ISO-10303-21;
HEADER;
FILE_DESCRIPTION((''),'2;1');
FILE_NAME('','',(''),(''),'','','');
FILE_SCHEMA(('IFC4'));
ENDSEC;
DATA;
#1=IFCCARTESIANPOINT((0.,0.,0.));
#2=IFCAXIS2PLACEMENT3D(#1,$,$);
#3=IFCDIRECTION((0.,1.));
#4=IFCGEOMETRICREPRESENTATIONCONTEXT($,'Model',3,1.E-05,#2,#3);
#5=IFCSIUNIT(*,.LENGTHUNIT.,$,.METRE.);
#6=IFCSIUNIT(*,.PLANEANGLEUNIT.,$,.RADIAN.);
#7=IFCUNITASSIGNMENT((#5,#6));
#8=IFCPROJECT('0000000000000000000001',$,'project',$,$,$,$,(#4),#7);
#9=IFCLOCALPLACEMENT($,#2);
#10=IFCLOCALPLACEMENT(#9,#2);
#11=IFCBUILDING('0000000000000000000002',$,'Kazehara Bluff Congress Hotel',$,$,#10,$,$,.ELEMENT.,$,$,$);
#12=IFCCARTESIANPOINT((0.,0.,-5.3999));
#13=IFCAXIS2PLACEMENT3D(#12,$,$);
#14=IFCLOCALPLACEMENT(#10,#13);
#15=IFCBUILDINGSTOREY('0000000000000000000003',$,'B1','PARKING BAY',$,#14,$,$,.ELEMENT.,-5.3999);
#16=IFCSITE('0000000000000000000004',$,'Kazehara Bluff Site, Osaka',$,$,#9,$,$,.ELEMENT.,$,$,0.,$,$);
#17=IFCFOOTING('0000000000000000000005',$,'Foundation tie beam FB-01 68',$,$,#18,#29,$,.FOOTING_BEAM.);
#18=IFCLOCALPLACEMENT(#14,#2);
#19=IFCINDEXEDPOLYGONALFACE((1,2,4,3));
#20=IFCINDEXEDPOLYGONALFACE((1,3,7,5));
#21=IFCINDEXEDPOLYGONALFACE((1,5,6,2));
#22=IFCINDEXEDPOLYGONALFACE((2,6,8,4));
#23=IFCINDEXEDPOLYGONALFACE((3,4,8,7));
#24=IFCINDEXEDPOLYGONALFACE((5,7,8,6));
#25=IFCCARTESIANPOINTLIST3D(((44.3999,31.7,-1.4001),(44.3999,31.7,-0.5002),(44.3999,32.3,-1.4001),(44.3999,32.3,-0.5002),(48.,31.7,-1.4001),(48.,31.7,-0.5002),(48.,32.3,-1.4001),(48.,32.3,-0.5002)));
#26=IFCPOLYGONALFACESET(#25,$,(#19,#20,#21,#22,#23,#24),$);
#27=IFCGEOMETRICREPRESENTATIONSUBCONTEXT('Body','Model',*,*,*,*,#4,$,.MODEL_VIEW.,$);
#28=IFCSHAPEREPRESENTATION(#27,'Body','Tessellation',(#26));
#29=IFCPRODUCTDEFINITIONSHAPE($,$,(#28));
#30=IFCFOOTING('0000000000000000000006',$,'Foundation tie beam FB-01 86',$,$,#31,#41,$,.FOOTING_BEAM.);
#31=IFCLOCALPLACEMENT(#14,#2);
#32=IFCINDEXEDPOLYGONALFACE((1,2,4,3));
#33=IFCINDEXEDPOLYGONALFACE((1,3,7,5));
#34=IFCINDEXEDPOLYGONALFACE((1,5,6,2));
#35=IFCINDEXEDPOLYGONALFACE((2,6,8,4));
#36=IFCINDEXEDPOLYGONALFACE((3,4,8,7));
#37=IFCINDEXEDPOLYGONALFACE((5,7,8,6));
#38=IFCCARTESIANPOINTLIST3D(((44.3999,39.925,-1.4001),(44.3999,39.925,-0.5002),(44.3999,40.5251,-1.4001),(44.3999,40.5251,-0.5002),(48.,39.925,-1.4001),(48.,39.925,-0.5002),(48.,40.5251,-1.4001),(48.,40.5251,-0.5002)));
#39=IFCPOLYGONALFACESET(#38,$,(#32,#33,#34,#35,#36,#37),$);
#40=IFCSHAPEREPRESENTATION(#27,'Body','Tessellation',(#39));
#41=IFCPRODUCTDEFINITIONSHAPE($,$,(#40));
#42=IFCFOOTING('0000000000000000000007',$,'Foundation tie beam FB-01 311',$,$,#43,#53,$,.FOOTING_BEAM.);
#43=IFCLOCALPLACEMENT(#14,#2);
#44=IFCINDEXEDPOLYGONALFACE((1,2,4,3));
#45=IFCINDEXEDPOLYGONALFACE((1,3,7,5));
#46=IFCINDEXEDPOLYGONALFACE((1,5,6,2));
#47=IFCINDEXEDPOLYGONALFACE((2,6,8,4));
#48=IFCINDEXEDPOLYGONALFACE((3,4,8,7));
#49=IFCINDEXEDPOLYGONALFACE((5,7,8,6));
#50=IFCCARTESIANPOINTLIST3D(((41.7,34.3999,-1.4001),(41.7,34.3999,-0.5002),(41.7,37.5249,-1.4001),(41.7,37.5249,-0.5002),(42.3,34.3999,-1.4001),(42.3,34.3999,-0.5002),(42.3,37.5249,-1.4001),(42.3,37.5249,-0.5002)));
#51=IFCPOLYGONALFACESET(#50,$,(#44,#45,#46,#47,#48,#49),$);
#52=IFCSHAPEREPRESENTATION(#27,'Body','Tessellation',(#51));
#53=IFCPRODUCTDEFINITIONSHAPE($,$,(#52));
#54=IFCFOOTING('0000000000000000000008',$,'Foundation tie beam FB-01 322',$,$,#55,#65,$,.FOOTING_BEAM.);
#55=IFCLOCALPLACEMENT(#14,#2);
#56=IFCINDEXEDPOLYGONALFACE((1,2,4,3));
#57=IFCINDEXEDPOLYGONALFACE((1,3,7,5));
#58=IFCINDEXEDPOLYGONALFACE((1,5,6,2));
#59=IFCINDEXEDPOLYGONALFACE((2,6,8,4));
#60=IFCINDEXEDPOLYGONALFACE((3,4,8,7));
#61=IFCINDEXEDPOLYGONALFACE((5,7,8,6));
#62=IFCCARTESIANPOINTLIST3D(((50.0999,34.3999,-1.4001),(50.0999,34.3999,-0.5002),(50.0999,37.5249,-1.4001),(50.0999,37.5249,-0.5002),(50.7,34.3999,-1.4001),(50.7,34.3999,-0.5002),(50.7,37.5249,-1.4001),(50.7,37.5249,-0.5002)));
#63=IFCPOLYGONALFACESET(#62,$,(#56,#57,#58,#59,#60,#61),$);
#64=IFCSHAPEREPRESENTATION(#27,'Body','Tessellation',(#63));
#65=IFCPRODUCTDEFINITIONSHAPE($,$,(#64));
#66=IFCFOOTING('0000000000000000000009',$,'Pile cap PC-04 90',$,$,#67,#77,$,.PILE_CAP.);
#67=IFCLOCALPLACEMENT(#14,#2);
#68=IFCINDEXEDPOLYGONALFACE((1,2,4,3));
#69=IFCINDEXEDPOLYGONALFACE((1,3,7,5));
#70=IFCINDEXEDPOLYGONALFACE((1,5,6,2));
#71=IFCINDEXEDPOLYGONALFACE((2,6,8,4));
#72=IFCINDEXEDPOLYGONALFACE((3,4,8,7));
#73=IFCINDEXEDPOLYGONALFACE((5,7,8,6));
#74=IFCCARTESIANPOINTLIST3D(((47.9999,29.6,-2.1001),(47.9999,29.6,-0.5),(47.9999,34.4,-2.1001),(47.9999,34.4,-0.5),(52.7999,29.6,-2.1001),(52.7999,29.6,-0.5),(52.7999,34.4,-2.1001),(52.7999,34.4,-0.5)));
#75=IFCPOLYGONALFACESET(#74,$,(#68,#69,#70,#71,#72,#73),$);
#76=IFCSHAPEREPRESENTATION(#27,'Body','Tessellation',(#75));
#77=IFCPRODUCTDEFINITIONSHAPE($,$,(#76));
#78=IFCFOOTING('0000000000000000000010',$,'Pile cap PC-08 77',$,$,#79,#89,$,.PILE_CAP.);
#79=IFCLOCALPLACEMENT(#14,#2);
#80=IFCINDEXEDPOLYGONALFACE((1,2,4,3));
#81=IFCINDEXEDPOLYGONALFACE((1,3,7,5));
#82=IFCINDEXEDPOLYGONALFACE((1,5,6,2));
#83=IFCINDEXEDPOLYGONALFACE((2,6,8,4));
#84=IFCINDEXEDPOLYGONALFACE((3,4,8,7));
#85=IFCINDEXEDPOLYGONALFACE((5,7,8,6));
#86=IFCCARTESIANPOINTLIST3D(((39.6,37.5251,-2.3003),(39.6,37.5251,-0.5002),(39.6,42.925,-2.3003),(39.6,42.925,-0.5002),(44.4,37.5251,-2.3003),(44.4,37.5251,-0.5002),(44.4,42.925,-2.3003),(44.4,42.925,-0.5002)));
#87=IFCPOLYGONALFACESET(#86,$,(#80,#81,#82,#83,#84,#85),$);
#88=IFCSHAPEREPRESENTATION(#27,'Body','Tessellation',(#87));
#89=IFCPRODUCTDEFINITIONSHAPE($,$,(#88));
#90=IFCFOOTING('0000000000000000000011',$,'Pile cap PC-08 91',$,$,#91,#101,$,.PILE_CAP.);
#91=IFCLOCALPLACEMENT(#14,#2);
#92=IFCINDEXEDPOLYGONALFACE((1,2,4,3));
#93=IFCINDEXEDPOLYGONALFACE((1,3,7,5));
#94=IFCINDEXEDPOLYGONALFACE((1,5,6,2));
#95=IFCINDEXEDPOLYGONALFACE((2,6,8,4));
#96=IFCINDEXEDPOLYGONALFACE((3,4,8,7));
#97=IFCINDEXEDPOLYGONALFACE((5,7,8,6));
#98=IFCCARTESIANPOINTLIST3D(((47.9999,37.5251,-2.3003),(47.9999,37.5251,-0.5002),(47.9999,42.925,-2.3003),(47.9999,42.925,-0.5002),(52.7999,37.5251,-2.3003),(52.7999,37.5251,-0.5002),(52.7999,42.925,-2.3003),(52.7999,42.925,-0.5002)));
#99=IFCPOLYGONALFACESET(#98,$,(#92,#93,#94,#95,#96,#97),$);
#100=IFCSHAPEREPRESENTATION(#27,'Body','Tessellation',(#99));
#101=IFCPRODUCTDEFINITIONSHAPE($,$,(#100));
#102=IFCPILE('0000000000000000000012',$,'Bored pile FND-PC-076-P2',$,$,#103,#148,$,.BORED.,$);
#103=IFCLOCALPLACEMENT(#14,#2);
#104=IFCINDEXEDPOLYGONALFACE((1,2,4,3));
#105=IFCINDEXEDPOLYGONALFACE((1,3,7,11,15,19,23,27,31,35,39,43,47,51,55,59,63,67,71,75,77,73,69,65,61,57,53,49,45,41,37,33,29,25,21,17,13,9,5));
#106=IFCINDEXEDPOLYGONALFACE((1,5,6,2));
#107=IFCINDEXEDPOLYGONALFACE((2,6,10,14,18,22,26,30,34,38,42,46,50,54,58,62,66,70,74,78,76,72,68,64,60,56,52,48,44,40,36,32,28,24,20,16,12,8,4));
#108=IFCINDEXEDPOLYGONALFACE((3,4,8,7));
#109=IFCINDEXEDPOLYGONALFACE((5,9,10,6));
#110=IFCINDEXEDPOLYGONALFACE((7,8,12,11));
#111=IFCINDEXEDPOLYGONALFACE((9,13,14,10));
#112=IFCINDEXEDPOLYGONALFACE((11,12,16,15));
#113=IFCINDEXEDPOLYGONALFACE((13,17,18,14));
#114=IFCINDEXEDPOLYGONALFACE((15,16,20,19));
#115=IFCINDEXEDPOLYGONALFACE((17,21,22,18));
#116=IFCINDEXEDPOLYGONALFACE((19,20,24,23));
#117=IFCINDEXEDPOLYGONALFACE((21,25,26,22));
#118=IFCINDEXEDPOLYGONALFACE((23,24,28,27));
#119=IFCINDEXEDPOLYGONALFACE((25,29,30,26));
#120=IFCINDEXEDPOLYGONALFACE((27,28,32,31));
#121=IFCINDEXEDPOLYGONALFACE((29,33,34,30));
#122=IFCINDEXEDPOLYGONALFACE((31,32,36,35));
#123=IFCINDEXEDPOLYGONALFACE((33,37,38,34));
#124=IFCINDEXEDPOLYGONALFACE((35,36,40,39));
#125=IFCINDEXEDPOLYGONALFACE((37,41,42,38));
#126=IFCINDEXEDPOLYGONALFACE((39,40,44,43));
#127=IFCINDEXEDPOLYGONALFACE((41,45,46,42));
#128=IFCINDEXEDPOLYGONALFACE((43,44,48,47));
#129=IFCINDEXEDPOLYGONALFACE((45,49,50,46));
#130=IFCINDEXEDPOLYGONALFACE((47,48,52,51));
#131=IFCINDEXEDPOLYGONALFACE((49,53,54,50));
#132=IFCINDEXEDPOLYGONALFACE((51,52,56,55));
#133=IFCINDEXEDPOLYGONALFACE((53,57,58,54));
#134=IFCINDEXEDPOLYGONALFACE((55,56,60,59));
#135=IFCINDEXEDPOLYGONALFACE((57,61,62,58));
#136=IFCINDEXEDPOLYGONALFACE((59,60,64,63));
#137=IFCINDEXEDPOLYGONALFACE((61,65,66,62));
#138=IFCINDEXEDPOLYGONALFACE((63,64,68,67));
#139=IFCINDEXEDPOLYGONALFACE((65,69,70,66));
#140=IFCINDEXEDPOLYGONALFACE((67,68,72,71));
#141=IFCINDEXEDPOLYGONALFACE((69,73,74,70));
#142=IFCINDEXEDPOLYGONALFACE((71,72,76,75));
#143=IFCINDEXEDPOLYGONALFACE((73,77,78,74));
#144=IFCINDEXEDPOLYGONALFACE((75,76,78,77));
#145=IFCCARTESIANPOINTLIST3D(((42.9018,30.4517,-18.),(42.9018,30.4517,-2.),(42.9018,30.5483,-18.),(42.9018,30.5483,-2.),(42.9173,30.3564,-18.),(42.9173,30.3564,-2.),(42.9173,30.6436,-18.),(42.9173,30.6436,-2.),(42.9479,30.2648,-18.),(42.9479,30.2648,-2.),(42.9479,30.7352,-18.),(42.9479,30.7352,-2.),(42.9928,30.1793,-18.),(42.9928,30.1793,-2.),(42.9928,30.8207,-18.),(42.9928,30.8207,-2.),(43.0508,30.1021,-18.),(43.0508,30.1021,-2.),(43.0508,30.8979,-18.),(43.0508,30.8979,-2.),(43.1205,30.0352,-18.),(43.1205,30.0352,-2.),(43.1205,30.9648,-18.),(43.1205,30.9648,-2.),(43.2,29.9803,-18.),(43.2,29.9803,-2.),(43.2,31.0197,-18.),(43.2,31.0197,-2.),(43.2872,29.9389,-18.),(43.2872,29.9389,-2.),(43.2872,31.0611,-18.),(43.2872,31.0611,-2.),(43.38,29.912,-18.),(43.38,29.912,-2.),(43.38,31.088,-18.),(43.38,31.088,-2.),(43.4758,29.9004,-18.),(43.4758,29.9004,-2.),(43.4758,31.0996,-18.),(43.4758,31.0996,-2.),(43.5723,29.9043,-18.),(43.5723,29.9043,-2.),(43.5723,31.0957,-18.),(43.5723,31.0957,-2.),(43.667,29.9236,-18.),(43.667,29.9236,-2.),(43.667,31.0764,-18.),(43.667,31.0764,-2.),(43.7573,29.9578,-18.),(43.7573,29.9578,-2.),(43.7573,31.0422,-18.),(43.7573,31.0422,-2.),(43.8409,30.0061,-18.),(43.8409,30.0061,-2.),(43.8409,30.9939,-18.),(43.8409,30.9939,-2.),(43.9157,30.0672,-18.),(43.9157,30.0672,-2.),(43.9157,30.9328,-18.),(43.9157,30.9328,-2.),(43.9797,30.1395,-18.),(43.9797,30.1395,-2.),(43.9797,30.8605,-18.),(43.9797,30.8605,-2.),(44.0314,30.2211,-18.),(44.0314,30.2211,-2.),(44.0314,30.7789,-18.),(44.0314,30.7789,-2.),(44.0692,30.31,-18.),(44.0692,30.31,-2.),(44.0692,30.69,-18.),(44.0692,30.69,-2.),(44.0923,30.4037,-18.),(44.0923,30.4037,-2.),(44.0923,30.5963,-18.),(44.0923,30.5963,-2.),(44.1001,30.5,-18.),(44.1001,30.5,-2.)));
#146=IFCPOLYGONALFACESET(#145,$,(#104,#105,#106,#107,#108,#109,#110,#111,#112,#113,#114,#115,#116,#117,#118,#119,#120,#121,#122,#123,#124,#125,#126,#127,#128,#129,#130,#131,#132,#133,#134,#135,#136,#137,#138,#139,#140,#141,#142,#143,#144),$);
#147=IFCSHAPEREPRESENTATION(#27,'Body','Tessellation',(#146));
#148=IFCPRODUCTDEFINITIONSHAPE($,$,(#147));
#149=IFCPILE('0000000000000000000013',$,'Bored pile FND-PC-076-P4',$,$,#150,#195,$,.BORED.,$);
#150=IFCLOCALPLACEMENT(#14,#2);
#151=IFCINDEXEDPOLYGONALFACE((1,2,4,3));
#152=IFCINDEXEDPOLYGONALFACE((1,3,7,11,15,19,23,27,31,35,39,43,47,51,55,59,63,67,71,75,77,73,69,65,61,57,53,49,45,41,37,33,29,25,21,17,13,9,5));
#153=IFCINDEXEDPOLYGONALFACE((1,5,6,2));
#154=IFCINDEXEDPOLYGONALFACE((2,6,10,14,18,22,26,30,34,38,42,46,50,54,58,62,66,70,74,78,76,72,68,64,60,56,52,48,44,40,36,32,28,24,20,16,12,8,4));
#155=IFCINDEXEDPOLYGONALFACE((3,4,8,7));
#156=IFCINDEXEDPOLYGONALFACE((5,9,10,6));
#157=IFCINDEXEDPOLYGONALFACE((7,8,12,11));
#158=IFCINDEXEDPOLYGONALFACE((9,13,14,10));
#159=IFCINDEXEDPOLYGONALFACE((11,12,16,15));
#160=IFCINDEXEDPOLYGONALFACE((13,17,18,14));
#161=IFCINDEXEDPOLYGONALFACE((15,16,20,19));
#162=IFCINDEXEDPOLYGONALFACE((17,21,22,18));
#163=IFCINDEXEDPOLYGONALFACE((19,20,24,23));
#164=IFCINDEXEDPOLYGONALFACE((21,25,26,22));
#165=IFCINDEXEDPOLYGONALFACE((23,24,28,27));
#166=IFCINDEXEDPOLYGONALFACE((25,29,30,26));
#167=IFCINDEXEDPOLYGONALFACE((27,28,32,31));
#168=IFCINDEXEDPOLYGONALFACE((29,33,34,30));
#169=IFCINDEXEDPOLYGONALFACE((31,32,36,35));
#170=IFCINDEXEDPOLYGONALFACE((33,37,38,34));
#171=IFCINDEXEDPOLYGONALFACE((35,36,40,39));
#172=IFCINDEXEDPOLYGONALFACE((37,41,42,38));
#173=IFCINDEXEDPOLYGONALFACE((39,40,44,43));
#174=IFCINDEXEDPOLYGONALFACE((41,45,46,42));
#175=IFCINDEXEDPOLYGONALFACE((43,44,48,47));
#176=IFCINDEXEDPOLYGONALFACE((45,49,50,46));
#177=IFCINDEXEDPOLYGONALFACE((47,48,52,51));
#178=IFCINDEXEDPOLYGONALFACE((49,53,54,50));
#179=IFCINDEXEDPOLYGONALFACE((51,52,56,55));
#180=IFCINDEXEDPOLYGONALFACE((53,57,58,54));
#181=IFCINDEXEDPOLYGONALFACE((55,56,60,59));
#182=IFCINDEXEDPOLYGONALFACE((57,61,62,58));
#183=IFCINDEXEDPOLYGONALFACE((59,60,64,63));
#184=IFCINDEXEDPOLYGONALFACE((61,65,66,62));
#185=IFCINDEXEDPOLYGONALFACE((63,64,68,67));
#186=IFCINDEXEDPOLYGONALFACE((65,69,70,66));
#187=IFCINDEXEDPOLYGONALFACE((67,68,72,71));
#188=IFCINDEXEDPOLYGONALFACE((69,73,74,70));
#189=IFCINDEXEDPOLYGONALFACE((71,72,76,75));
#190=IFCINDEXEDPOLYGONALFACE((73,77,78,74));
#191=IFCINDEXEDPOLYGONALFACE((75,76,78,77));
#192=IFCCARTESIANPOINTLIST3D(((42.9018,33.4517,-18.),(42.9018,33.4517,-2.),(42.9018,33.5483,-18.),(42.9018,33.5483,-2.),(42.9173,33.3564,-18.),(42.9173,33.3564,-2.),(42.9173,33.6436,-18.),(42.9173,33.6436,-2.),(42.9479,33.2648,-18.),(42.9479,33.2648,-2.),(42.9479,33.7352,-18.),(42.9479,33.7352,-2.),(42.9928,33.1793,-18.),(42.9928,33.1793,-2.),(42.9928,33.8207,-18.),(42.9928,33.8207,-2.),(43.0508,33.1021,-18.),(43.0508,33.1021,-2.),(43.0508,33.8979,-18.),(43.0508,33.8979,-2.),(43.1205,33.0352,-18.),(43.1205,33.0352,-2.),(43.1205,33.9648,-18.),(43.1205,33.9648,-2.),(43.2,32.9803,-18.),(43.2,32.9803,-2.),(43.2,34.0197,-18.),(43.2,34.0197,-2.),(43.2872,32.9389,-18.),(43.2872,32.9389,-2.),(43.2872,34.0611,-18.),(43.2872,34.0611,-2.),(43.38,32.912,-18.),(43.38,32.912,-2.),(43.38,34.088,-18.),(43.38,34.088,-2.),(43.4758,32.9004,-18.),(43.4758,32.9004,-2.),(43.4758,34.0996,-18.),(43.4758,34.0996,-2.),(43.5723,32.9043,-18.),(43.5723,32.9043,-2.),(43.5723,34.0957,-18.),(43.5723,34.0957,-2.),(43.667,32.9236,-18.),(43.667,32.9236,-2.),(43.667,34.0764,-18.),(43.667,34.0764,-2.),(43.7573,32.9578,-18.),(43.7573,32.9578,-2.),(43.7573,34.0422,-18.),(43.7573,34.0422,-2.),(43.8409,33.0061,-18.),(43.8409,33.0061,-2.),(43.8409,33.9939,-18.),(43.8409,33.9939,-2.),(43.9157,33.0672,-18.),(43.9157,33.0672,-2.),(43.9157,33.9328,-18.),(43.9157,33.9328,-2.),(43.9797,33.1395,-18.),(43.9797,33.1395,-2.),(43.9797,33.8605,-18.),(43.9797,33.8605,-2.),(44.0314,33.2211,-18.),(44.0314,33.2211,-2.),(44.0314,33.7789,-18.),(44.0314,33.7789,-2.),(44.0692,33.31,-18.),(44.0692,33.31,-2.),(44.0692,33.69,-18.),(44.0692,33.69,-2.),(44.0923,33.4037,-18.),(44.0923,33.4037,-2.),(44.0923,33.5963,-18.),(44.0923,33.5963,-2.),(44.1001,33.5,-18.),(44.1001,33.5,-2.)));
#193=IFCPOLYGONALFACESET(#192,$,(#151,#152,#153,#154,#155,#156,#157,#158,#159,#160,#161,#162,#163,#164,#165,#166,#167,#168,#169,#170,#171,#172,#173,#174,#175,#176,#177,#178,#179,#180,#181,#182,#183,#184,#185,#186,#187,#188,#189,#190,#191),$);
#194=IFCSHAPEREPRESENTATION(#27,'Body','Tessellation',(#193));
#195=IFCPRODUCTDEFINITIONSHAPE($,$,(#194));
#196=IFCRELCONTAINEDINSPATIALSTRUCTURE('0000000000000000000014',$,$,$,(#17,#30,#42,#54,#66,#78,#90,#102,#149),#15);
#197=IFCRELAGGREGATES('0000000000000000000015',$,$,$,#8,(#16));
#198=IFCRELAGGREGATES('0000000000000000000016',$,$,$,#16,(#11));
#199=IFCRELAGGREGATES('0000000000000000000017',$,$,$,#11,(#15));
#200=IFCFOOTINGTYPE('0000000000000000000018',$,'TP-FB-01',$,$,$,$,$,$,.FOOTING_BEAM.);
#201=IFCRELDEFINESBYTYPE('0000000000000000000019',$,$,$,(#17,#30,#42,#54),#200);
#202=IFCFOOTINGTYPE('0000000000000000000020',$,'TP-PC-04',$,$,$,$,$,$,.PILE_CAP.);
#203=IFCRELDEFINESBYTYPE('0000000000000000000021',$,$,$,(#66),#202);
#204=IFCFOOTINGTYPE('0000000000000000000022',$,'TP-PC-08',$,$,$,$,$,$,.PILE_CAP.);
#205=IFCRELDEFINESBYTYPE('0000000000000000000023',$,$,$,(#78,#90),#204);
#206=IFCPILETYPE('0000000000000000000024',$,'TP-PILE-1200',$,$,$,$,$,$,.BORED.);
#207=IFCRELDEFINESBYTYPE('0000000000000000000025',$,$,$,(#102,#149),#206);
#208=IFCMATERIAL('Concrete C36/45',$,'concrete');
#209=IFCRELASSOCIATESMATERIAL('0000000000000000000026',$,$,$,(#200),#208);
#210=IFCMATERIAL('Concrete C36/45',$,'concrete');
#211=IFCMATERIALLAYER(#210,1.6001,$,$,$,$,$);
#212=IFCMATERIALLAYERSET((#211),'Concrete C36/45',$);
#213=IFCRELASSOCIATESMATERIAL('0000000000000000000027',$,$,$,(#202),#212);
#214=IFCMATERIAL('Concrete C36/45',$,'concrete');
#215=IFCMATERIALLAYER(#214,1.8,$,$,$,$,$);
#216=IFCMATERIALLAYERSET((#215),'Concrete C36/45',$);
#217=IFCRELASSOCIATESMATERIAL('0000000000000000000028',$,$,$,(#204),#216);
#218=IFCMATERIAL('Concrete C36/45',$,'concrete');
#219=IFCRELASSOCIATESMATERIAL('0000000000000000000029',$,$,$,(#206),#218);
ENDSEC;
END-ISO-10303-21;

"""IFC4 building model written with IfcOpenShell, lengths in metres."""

from ifc_helpers import new_model, si_unit, direction, frame, origin, origin_2d, place, context, subcontext, project, spatial, rectangle, circle, extrude, material, layer, layer_set, material_profile, profile_set, type_object, element, save


model = new_model("IFC4")

# Units and contexts
model_context = context("Model", 3, precision=1e-05, world=origin(), true_north=direction((0.0, 1.0)))
body_context = subcontext(model_context, "Body", "Model", "MODEL_VIEW")
ifc_project = project(units=[si_unit("LENGTHUNIT", "METRE"), si_unit("PLANEANGLEUNIT", "RADIAN")], contexts=[model_context])

# Site, building, storey
site_placement = place(None, origin())
site = spatial("IfcSite", under=ifc_project, at=site_placement, Name="Kazehara Bluff Site, Osaka", CompositionType="ELEMENT", RefElevation=0.0)
building_placement = place(site_placement, origin())
building = spatial("IfcBuilding", under=site, at=building_placement, Name="Kazehara Bluff Congress Hotel", CompositionType="ELEMENT")
storey_placement = place(building_placement, frame((0.0, 0.0, -5.3999)))
storey = spatial("IfcBuildingStorey", under=building, at=storey_placement, Name="B1", Description="PARKING BAY", CompositionType="ELEMENT", Elevation=-5.3999)

# Footings
ifc_material_1 = material(Name="Concrete C36/45", Category="concrete")
ifc_material_profile_1 = material_profile(ifc_material_1, rectangle(XDim=0.6001, YDim=0.8999, at=origin_2d()))
ifc_profile_set_1 = profile_set([ifc_material_profile_1], Name="Concrete C36/45")
footing_type_1 = type_object("IfcFootingType", Name="TP-FB-01", PredefinedType="FOOTING_BEAM", material=ifc_profile_set_1)
for number, where, z_axis, x_axis, name in (
    (1, (44.3999, 32.0, -0.9502), (1.0, 0.0, 0.0), (0.0, 1.0, 0.0), "Foundation tie beam FB-01 68"),
    (2, (44.3999, 40.2251, -0.9502), (1.0, 0.0, 0.0), (0.0, 1.0, 0.0), "Foundation tie beam FB-01 86"),
):
    element("IfcFooting", number, at=place(storey_placement, frame(where, z_axis=z_axis, x_axis=x_axis)), inside=storey, type_object=footing_type_1, Name=name, PredefinedType="FOOTING_BEAM", context=body_context, shape_type="SweptSolid", body=[
        extrude(rectangle(XDim=0.6001, YDim=0.8999, at=origin_2d()), origin(), (0.0, 0.0, 1.0), 3.6001),
    ])
for number, where, z_axis, x_axis, name in (
    (3, (42.0, 34.3999, -0.9502), (0.0, 1.0, 0.0), (-1.0, 0.0, 0.0), "Foundation tie beam FB-01 311"),
    (4, (50.3999, 34.3999, -0.9502), (0.0, 1.0, 0.0), (-1.0, 0.0, 0.0), "Foundation tie beam FB-01 322"),
):
    element("IfcFooting", number, at=place(storey_placement, frame(where, z_axis=z_axis, x_axis=x_axis)), inside=storey, type_object=footing_type_1, Name=name, PredefinedType="FOOTING_BEAM", context=body_context, shape_type="SweptSolid", body=[
        extrude(rectangle(XDim=0.6001, YDim=0.8999, at=origin_2d()), origin(), (0.0, 0.0, 1.0), 3.125),
    ])
ifc_material_2 = material(Name="Concrete C36/45", Category="concrete")
ifc_layer_1 = layer(ifc_material_2, 1.6001)
ifc_layer_set_1 = layer_set([ifc_layer_1], Name="Concrete C36/45")
footing_type_2 = type_object("IfcFootingType", Name="TP-PC-04", PredefinedType="PILE_CAP", material=ifc_layer_set_1)
footing_placement = place(storey_placement, frame((50.3999, 32.0, -2.1001), z_axis=(0.0, 0.0, 1.0), x_axis=(1.0, 0.0, 0.0)))
element("IfcFooting", 5, at=footing_placement, inside=storey, type_object=footing_type_2, Name="Pile cap PC-04 90", PredefinedType="PILE_CAP", context=body_context, shape_type="SweptSolid", body=[
    extrude(rectangle(XDim=4.8, YDim=4.8, at=origin_2d()), origin(), (0.0, 0.0, 1.0), 1.6001),
])
ifc_material_3 = material(Name="Concrete C36/45", Category="concrete")
ifc_layer_2 = layer(ifc_material_3, 1.8)
ifc_layer_set_2 = layer_set([ifc_layer_2], Name="Concrete C36/45")
footing_type_3 = type_object("IfcFootingType", Name="TP-PC-08", PredefinedType="PILE_CAP", material=ifc_layer_set_2)
for number, where, z_axis, x_axis, name in (
    (6, (42.0, 40.2251, -2.3003), (0.0, 0.0, 1.0), (1.0, 0.0, 0.0), "Pile cap PC-08 77"),
    (7, (50.3999, 40.2251, -2.3003), (0.0, 0.0, 1.0), (1.0, 0.0, 0.0), "Pile cap PC-08 91"),
):
    element("IfcFooting", number, at=place(storey_placement, frame(where, z_axis=z_axis, x_axis=x_axis)), inside=storey, type_object=footing_type_3, Name=name, PredefinedType="PILE_CAP", context=body_context, shape_type="SweptSolid", body=[
        extrude(rectangle(XDim=4.8, YDim=5.3999, at=origin_2d()), origin(), (0.0, 0.0, 1.0), 1.8),
    ])

# Piles
ifc_material_4 = material(Name="Concrete C36/45", Category="concrete")
ifc_material_profile_2 = material_profile(ifc_material_4, circle(Radius=0.6001, at=origin_2d()))
ifc_profile_set_2 = profile_set([ifc_material_profile_2], Name="Concrete C36/45")
pile_type = type_object("IfcPileType", Name="TP-PILE-1200", PredefinedType="BORED", material=ifc_profile_set_2)
for number, where, z_axis, x_axis, name in (
    (8, (43.5, 30.5, -2.0), (0.0, 0.0, -1.0), (1.0, 0.0, 0.0), "Bored pile FND-PC-076-P2"),
    (9, (43.5, 33.5, -2.0), (0.0, 0.0, -1.0), (1.0, 0.0, 0.0), "Bored pile FND-PC-076-P4"),
):
    element("IfcPile", number, at=place(storey_placement, frame(where, z_axis=z_axis, x_axis=x_axis)), inside=storey, type_object=pile_type, Name=name, PredefinedType="BORED", context=body_context, shape_type="SweptSolid", body=[
        extrude(circle(Radius=0.6001, at=origin_2d()), origin(), (0.0, 0.0, 1.0), 16.0),
    ])

save(model, "model.ifc")
